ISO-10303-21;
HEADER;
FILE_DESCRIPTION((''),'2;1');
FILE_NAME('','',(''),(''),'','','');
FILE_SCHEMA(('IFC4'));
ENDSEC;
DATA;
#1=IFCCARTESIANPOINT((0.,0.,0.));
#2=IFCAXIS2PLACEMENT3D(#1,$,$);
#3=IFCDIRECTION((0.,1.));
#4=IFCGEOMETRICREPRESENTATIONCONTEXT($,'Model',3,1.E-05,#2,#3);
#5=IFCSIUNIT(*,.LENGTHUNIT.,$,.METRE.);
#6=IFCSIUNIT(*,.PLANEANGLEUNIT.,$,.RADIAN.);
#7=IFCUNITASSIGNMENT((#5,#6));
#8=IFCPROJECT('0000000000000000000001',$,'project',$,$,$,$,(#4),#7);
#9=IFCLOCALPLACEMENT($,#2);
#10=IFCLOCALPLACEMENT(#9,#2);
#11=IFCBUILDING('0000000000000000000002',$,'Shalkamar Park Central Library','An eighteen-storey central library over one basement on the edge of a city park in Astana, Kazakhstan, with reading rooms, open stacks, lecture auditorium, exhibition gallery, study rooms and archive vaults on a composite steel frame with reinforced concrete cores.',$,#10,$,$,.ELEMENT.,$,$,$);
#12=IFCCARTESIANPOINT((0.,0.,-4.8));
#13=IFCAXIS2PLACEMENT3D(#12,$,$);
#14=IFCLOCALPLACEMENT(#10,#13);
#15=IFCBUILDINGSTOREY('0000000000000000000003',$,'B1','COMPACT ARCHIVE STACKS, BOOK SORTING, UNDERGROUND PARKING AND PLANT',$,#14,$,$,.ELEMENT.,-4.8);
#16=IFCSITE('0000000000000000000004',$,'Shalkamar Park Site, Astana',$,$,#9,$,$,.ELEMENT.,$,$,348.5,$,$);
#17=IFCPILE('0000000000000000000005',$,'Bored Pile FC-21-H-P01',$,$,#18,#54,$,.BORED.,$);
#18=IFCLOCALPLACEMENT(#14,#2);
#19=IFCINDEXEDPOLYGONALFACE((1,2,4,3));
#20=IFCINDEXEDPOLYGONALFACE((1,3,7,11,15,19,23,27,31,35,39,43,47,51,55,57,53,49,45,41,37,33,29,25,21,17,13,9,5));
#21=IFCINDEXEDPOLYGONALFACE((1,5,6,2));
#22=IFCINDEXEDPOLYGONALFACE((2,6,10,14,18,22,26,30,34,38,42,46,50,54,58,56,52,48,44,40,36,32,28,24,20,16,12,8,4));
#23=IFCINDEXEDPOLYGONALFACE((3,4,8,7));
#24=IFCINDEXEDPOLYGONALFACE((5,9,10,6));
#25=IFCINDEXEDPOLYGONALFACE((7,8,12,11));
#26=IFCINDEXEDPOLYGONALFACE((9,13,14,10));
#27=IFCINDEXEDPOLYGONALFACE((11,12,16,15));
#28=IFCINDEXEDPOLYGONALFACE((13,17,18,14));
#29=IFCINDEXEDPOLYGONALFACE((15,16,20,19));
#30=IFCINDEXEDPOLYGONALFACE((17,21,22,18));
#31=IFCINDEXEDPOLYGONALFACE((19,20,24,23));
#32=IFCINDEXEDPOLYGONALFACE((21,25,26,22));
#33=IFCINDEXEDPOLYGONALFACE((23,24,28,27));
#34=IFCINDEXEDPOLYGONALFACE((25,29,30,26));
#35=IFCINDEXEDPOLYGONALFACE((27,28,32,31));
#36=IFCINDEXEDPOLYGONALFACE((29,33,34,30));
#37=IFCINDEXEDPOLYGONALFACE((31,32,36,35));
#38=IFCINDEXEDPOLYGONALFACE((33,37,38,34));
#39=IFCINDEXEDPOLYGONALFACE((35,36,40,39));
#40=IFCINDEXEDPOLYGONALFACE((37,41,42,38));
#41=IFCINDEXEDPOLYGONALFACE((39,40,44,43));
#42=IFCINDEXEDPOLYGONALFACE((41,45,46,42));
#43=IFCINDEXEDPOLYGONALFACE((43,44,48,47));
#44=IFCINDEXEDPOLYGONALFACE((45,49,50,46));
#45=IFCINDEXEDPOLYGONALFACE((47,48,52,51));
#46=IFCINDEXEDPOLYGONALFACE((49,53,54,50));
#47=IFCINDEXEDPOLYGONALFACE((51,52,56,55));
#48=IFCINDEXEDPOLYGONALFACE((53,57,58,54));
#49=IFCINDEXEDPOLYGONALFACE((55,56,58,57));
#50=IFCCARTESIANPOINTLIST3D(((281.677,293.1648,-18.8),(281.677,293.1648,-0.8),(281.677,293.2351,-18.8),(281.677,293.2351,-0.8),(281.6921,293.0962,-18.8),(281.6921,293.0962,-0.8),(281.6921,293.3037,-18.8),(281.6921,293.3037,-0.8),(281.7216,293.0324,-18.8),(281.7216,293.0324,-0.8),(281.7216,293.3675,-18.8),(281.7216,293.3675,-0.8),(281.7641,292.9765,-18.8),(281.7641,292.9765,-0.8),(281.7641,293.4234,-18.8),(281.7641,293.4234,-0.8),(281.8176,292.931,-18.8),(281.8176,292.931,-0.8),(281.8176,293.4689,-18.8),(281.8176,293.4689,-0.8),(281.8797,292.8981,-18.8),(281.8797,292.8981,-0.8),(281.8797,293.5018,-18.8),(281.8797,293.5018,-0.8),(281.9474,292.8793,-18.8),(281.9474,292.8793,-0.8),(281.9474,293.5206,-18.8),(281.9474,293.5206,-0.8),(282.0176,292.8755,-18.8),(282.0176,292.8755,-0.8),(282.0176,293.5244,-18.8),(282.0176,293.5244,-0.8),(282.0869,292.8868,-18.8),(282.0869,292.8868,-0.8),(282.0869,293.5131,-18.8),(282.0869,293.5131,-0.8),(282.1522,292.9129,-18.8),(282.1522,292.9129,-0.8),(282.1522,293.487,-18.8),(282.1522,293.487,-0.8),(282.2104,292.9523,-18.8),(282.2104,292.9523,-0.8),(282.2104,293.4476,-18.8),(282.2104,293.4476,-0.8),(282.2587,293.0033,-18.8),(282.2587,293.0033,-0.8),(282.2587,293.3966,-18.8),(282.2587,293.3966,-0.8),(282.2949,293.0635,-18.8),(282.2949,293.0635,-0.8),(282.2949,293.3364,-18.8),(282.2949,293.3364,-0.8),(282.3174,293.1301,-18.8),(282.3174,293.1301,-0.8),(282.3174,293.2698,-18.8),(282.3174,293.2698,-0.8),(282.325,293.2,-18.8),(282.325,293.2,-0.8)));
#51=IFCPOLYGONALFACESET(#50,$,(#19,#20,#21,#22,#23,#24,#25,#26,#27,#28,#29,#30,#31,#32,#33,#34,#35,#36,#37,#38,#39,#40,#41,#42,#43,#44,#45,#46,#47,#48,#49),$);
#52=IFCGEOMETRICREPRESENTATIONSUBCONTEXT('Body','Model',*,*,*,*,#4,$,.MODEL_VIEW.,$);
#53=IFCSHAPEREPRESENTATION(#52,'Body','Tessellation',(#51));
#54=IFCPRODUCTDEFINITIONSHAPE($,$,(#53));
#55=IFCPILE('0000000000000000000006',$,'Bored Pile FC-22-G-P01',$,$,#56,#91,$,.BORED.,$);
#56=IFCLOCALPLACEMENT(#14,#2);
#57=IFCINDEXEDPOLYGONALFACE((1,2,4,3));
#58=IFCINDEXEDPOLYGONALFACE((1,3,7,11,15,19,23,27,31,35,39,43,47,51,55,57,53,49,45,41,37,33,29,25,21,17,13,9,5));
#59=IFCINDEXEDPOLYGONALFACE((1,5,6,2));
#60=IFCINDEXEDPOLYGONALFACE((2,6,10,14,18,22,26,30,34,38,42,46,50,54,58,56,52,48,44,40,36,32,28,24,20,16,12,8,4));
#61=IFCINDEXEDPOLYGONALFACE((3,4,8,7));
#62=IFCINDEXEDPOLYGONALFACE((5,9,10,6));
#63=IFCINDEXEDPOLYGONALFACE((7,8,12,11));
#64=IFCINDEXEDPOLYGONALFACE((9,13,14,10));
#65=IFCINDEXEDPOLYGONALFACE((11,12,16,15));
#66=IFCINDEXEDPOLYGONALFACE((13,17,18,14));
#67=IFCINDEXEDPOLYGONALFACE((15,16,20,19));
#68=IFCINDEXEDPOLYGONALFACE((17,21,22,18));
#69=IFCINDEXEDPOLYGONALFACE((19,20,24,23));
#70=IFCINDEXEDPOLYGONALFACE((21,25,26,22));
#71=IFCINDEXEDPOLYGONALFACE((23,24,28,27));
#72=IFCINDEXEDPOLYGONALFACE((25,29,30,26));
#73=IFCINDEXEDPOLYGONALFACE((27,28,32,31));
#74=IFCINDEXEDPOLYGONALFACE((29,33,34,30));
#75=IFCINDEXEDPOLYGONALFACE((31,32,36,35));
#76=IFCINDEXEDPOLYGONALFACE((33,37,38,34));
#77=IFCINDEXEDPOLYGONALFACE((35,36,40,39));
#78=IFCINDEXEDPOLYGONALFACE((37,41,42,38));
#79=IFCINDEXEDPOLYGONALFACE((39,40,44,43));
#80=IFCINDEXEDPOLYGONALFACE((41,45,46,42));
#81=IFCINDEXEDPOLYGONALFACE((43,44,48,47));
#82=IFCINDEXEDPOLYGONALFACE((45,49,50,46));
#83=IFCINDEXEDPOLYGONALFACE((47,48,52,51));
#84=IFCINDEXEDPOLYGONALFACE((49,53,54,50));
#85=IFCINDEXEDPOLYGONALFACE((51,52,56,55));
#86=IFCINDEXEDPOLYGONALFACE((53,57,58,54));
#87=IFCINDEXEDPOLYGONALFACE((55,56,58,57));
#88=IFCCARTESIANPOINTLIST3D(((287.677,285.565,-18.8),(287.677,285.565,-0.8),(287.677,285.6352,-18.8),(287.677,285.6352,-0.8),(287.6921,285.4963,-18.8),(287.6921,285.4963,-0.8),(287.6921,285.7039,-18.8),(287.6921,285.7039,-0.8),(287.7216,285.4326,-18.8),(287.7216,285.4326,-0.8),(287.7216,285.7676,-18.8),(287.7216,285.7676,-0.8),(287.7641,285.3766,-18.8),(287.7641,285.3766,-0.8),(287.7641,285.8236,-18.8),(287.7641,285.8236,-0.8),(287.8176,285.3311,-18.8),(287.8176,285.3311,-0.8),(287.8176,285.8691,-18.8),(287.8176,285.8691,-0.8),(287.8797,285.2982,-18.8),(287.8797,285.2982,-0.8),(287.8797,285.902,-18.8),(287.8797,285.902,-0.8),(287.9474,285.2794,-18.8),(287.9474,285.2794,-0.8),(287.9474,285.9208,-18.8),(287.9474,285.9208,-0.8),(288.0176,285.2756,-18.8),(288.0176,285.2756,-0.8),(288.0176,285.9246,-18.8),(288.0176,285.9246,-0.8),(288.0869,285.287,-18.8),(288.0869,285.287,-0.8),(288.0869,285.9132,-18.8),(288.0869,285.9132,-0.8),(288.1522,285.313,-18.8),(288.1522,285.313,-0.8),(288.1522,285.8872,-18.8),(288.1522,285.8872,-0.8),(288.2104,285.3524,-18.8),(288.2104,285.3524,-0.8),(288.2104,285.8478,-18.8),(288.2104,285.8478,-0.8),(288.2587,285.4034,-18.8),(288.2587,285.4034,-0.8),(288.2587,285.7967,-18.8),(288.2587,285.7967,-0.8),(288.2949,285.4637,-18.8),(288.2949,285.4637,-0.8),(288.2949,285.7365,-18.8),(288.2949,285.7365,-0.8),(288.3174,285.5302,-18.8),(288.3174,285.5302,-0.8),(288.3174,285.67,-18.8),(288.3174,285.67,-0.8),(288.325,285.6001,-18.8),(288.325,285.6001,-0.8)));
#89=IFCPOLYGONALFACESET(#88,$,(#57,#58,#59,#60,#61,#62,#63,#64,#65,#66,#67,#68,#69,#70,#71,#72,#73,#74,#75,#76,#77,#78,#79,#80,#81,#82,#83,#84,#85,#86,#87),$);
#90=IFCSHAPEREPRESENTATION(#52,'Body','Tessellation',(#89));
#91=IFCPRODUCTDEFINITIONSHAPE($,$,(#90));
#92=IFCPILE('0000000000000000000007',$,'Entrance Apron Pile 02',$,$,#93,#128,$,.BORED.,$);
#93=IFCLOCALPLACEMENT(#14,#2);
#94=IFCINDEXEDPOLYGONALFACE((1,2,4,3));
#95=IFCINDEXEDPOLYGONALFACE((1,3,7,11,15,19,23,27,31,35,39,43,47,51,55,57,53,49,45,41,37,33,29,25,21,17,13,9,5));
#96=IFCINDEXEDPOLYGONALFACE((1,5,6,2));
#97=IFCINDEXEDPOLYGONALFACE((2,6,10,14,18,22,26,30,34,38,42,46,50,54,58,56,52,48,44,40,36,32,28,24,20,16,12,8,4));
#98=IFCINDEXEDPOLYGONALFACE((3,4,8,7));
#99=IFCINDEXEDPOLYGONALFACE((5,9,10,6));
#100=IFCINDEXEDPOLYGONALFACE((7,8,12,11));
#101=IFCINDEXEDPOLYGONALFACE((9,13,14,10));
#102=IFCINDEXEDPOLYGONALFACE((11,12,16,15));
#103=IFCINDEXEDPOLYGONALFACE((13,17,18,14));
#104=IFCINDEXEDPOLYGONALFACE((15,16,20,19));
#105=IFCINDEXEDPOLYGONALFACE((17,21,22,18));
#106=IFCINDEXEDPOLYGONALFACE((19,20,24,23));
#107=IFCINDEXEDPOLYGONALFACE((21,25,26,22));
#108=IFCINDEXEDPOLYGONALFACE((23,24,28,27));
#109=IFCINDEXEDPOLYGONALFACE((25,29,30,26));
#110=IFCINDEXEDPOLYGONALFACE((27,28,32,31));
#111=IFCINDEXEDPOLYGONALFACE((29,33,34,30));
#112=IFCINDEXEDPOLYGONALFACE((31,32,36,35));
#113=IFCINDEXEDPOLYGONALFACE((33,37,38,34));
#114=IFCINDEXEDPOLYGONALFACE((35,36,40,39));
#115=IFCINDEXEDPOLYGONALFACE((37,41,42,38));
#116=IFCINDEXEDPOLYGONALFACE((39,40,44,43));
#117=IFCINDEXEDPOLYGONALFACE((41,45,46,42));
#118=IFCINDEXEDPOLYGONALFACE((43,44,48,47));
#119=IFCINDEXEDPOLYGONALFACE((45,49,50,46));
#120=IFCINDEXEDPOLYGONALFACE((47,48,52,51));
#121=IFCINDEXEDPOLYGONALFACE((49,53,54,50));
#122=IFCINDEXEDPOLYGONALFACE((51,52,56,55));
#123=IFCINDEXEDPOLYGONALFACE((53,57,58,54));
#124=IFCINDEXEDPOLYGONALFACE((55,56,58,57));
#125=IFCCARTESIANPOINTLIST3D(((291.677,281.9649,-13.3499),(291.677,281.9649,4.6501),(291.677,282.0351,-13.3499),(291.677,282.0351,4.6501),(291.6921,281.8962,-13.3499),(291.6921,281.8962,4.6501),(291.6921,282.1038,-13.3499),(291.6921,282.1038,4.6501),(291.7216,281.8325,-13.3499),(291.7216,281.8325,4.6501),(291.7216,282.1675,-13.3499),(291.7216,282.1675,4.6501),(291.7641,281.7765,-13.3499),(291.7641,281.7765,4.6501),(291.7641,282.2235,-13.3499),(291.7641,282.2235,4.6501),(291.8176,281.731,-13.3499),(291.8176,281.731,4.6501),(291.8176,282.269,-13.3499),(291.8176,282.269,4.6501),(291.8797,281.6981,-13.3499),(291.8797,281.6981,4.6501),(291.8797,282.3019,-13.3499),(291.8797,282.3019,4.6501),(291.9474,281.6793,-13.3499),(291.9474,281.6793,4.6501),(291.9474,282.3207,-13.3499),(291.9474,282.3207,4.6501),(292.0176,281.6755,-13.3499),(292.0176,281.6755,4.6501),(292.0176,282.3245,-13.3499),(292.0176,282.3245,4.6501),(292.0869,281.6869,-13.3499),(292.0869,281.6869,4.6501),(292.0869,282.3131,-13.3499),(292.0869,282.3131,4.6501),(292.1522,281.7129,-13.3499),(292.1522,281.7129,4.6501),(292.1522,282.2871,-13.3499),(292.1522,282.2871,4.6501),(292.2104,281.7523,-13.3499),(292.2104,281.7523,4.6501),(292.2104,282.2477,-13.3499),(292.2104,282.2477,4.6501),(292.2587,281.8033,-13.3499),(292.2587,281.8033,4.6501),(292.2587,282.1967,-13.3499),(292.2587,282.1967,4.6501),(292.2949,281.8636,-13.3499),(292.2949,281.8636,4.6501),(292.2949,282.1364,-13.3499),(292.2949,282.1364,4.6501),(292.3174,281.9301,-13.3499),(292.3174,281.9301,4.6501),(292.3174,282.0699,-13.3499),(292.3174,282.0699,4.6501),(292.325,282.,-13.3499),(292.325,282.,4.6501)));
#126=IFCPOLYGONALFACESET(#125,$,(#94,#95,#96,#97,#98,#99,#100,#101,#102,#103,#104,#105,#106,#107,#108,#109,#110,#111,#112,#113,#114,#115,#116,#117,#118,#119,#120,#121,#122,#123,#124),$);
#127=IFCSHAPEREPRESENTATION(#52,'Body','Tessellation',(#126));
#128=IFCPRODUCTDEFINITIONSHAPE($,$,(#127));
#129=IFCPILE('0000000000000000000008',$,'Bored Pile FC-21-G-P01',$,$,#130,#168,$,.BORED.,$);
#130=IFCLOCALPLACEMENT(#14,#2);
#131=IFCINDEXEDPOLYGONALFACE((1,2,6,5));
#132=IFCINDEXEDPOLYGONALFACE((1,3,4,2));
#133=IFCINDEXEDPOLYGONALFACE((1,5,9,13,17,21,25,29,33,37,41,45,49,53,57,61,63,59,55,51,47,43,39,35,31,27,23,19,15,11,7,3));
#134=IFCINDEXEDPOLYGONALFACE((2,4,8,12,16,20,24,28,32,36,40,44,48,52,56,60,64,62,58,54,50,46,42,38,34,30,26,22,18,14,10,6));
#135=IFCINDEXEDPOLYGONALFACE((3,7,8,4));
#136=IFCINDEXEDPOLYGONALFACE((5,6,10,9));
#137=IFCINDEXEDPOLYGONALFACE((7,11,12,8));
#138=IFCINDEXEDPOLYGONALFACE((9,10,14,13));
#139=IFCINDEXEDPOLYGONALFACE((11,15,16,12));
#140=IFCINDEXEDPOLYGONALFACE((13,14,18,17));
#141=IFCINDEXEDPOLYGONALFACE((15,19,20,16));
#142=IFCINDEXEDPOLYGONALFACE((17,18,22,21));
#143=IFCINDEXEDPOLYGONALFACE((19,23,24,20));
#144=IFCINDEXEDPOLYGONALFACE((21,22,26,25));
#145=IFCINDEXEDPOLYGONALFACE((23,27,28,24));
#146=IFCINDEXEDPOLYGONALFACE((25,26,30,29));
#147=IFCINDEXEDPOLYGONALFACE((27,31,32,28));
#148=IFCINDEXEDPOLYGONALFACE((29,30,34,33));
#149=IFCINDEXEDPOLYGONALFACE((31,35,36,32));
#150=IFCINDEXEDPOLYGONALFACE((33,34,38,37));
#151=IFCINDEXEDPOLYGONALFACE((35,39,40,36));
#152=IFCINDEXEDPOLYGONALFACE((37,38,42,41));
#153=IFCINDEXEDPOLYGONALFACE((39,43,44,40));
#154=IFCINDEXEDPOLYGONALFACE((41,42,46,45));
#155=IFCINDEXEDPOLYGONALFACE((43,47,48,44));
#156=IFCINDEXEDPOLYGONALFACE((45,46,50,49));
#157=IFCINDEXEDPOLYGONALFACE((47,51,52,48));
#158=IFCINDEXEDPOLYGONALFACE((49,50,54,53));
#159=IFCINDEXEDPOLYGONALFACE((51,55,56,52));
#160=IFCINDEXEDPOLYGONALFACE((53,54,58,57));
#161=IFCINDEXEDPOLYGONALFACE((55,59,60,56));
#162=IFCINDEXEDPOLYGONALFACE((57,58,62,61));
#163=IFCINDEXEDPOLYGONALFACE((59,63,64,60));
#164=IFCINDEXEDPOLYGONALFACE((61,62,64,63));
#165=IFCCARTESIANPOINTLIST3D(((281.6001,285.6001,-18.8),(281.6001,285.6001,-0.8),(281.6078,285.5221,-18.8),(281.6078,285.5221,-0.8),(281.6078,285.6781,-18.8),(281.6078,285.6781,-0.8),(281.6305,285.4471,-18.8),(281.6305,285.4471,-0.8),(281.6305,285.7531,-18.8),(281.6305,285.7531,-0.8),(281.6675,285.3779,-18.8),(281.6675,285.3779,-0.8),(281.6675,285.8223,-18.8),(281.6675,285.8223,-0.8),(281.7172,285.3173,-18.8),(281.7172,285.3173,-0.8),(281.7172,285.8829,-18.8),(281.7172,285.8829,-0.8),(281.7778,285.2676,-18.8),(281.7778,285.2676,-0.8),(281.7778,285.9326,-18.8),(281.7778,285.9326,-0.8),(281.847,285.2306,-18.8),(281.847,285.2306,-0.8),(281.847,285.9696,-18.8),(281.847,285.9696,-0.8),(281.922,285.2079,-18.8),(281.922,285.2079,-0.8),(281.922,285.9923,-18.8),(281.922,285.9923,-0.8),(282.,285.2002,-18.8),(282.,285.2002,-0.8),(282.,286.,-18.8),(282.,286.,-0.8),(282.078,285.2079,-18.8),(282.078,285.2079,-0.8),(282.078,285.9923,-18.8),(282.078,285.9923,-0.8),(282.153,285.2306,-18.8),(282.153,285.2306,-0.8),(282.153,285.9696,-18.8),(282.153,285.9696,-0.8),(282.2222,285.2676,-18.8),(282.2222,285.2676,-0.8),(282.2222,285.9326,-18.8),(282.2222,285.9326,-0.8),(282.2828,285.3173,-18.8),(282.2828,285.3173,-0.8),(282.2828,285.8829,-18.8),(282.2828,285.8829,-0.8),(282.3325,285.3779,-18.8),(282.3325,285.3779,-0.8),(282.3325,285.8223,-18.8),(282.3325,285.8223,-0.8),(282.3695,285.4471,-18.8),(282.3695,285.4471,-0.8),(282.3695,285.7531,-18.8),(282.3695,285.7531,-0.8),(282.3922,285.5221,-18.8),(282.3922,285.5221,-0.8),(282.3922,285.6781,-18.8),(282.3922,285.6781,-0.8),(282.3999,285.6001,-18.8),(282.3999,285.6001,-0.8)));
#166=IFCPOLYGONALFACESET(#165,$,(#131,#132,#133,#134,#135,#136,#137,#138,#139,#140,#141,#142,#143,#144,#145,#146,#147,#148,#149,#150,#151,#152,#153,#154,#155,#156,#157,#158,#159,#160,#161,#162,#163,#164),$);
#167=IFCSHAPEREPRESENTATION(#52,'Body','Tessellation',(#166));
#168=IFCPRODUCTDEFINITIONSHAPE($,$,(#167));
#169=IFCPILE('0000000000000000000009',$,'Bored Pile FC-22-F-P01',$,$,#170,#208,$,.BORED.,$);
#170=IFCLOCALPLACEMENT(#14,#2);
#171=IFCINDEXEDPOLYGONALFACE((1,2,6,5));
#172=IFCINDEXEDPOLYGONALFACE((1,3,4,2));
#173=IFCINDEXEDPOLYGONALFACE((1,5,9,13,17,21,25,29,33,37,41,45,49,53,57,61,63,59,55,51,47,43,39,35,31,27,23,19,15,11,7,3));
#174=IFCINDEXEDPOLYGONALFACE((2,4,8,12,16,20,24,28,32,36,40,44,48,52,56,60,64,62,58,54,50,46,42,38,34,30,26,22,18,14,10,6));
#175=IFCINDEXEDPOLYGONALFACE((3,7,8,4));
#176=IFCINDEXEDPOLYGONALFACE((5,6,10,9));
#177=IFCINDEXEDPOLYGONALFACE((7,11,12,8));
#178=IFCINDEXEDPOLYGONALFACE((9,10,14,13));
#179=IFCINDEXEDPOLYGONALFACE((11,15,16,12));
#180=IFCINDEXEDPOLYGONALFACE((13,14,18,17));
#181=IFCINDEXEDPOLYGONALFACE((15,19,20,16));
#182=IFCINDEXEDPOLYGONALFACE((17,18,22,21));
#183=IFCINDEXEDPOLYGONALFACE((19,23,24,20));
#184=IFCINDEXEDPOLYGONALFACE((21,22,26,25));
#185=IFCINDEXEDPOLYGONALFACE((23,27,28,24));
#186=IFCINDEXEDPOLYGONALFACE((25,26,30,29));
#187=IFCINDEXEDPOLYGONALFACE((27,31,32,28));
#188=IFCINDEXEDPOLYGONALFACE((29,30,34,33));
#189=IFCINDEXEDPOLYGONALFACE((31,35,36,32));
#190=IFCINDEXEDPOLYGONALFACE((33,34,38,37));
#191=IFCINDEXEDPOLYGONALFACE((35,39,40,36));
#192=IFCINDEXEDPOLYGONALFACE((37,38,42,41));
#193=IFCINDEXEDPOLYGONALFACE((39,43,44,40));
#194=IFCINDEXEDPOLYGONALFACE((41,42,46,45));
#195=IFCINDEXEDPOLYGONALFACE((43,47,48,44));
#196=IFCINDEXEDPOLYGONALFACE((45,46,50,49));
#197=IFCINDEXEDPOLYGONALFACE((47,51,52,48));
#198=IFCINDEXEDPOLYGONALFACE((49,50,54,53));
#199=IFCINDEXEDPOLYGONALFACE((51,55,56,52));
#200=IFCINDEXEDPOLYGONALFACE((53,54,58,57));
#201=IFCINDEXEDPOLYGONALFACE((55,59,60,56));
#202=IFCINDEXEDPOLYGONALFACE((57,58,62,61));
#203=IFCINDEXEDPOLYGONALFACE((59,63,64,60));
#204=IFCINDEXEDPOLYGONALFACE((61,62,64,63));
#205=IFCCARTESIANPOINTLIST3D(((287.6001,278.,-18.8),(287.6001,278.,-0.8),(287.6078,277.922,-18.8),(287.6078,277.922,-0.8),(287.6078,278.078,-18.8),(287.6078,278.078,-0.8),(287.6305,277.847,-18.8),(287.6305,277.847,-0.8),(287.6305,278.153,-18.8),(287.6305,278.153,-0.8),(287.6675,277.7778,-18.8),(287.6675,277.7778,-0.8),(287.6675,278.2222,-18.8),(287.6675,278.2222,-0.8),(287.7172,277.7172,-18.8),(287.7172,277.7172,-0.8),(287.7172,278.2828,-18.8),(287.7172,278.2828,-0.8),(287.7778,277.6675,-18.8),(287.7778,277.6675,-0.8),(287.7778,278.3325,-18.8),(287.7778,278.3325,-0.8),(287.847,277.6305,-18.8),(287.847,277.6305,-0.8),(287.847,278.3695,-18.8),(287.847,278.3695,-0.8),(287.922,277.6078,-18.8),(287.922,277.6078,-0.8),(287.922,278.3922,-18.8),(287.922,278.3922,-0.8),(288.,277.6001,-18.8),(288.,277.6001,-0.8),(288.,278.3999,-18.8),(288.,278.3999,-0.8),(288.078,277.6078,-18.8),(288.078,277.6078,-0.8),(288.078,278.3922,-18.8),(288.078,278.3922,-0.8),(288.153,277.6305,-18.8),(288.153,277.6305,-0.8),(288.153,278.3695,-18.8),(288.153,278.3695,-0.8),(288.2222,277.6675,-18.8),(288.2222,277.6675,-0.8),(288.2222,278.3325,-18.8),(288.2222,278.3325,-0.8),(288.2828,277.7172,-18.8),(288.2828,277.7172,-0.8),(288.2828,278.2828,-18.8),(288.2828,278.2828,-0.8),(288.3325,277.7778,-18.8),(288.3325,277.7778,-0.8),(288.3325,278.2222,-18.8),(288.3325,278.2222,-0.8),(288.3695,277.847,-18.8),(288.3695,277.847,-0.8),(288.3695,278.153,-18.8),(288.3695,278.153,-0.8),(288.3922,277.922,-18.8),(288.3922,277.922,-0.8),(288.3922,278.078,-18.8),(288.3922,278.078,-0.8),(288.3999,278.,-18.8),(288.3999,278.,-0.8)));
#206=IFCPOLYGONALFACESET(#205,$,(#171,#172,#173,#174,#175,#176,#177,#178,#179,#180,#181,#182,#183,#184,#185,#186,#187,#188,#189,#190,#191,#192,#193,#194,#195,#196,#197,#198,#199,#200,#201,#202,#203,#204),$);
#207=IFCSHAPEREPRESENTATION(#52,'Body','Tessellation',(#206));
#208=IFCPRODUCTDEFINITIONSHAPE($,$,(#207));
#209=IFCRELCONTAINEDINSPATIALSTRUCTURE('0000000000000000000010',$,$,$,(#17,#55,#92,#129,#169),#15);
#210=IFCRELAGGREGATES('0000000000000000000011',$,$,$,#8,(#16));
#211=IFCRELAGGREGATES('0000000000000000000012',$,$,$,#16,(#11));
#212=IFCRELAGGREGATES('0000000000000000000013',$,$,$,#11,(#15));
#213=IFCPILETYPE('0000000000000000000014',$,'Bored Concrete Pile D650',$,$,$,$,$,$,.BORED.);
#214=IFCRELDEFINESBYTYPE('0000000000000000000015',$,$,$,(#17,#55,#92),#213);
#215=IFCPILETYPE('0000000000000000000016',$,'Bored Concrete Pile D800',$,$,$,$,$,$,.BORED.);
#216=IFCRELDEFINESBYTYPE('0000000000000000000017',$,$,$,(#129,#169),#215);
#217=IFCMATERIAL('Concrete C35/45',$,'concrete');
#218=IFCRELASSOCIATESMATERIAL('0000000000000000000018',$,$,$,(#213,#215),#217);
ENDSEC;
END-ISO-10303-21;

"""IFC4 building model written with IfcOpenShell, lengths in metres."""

from ifc_helpers import new_model, si_unit, direction, frame, origin, origin_2d, place, context, subcontext, project, spatial, circle, extrude, material, material_profile, profile_set, type_object, element, save


model = new_model("IFC4")

# Units and contexts
model_context = context("Model", 3, precision=1e-05, world=origin(), true_north=direction((0.0, 1.0)))
body_context = subcontext(model_context, "Body", "Model", "MODEL_VIEW")
ifc_project = project(units=[si_unit("LENGTHUNIT", "METRE"), si_unit("PLANEANGLEUNIT", "RADIAN")], contexts=[model_context])

# Site, building, storey
site_placement = place(None, origin())
site = spatial("IfcSite", under=ifc_project, at=site_placement, Name="Shalkamar Park Site, Astana", CompositionType="ELEMENT", RefElevation=348.5)
building_placement = place(site_placement, origin())
building = spatial("IfcBuilding", under=site, at=building_placement, Name="Shalkamar Park Central Library", Description="An eighteen-storey central library over one basement on the edge of a city park in Astana, Kazakhstan, with reading rooms, open stacks, lecture auditorium, exhibition gallery, study rooms and archive vaults on a composite steel frame with reinforced concrete cores.", CompositionType="ELEMENT")
storey_placement = place(building_placement, frame((0.0, 0.0, -4.8)))
storey = spatial("IfcBuildingStorey", under=building, at=storey_placement, Name="B1", Description="COMPACT ARCHIVE STACKS, BOOK SORTING, UNDERGROUND PARKING AND PLANT", CompositionType="ELEMENT", Elevation=-4.8)

# Piles
ifc_material_1 = material(Name="Concrete C35/45", Category="concrete")
ifc_material_profile_1 = material_profile(ifc_material_1, circle(Radius=0.325, at=origin_2d()), Name="PILE D650")
ifc_profile_set_1 = profile_set([ifc_material_profile_1], Name="Concrete C35/45")
pile_type_1 = type_object("IfcPileType", Name="Bored Concrete Pile D650", PredefinedType="BORED", material=ifc_profile_set_1)
for number, where, z_axis, x_axis, name in (
    (1, (282.0, 293.2, -0.8), (0.0, 0.0, -1.0), (1.0, 0.0, 0.0), "Bored Pile FC-21-H-P01"),
    (2, (288.0, 285.6001, -0.8), (0.0, 0.0, -1.0), (1.0, 0.0, 0.0), "Bored Pile FC-22-G-P01"),
    (3, (292.0, 282.0, 4.6501), (0.0, 0.0, -1.0), (1.0, 0.0, 0.0), "Entrance Apron Pile 02"),
):
    element("IfcPile", number, at=place(storey_placement, frame(where, z_axis=z_axis, x_axis=x_axis)), inside=storey, type_object=pile_type_1, Name=name, PredefinedType="BORED", context=body_context, shape_type="SweptSolid", body=[
        extrude(circle(Radius=0.325, at=origin_2d()), origin(), (0.0, 0.0, 1.0), 18.0),
    ])
ifc_material_profile_2 = material_profile(ifc_material_1, circle(Radius=0.3999, at=origin_2d()), Name="PILE D800")
ifc_profile_set_2 = profile_set([ifc_material_profile_2], Name="Concrete C35/45")
pile_type_2 = type_object("IfcPileType", Name="Bored Concrete Pile D800", PredefinedType="BORED", material=ifc_profile_set_2)
for number, where, z_axis, x_axis, name in (
    (4, (282.0, 285.6001, -0.8), (0.0, 0.0, -1.0), (1.0, 0.0, 0.0), "Bored Pile FC-21-G-P01"),
    (5, (288.0, 278.0, -0.8), (0.0, 0.0, -1.0), (1.0, 0.0, 0.0), "Bored Pile FC-22-F-P01"),
):
    element("IfcPile", number, at=place(storey_placement, frame(where, z_axis=z_axis, x_axis=x_axis)), inside=storey, type_object=pile_type_2, Name=name, PredefinedType="BORED", context=body_context, shape_type="SweptSolid", body=[
        extrude(circle(Radius=0.3999, at=origin_2d()), origin(), (0.0, 0.0, 1.0), 18.0),
    ])

save(model, "model.ifc")
